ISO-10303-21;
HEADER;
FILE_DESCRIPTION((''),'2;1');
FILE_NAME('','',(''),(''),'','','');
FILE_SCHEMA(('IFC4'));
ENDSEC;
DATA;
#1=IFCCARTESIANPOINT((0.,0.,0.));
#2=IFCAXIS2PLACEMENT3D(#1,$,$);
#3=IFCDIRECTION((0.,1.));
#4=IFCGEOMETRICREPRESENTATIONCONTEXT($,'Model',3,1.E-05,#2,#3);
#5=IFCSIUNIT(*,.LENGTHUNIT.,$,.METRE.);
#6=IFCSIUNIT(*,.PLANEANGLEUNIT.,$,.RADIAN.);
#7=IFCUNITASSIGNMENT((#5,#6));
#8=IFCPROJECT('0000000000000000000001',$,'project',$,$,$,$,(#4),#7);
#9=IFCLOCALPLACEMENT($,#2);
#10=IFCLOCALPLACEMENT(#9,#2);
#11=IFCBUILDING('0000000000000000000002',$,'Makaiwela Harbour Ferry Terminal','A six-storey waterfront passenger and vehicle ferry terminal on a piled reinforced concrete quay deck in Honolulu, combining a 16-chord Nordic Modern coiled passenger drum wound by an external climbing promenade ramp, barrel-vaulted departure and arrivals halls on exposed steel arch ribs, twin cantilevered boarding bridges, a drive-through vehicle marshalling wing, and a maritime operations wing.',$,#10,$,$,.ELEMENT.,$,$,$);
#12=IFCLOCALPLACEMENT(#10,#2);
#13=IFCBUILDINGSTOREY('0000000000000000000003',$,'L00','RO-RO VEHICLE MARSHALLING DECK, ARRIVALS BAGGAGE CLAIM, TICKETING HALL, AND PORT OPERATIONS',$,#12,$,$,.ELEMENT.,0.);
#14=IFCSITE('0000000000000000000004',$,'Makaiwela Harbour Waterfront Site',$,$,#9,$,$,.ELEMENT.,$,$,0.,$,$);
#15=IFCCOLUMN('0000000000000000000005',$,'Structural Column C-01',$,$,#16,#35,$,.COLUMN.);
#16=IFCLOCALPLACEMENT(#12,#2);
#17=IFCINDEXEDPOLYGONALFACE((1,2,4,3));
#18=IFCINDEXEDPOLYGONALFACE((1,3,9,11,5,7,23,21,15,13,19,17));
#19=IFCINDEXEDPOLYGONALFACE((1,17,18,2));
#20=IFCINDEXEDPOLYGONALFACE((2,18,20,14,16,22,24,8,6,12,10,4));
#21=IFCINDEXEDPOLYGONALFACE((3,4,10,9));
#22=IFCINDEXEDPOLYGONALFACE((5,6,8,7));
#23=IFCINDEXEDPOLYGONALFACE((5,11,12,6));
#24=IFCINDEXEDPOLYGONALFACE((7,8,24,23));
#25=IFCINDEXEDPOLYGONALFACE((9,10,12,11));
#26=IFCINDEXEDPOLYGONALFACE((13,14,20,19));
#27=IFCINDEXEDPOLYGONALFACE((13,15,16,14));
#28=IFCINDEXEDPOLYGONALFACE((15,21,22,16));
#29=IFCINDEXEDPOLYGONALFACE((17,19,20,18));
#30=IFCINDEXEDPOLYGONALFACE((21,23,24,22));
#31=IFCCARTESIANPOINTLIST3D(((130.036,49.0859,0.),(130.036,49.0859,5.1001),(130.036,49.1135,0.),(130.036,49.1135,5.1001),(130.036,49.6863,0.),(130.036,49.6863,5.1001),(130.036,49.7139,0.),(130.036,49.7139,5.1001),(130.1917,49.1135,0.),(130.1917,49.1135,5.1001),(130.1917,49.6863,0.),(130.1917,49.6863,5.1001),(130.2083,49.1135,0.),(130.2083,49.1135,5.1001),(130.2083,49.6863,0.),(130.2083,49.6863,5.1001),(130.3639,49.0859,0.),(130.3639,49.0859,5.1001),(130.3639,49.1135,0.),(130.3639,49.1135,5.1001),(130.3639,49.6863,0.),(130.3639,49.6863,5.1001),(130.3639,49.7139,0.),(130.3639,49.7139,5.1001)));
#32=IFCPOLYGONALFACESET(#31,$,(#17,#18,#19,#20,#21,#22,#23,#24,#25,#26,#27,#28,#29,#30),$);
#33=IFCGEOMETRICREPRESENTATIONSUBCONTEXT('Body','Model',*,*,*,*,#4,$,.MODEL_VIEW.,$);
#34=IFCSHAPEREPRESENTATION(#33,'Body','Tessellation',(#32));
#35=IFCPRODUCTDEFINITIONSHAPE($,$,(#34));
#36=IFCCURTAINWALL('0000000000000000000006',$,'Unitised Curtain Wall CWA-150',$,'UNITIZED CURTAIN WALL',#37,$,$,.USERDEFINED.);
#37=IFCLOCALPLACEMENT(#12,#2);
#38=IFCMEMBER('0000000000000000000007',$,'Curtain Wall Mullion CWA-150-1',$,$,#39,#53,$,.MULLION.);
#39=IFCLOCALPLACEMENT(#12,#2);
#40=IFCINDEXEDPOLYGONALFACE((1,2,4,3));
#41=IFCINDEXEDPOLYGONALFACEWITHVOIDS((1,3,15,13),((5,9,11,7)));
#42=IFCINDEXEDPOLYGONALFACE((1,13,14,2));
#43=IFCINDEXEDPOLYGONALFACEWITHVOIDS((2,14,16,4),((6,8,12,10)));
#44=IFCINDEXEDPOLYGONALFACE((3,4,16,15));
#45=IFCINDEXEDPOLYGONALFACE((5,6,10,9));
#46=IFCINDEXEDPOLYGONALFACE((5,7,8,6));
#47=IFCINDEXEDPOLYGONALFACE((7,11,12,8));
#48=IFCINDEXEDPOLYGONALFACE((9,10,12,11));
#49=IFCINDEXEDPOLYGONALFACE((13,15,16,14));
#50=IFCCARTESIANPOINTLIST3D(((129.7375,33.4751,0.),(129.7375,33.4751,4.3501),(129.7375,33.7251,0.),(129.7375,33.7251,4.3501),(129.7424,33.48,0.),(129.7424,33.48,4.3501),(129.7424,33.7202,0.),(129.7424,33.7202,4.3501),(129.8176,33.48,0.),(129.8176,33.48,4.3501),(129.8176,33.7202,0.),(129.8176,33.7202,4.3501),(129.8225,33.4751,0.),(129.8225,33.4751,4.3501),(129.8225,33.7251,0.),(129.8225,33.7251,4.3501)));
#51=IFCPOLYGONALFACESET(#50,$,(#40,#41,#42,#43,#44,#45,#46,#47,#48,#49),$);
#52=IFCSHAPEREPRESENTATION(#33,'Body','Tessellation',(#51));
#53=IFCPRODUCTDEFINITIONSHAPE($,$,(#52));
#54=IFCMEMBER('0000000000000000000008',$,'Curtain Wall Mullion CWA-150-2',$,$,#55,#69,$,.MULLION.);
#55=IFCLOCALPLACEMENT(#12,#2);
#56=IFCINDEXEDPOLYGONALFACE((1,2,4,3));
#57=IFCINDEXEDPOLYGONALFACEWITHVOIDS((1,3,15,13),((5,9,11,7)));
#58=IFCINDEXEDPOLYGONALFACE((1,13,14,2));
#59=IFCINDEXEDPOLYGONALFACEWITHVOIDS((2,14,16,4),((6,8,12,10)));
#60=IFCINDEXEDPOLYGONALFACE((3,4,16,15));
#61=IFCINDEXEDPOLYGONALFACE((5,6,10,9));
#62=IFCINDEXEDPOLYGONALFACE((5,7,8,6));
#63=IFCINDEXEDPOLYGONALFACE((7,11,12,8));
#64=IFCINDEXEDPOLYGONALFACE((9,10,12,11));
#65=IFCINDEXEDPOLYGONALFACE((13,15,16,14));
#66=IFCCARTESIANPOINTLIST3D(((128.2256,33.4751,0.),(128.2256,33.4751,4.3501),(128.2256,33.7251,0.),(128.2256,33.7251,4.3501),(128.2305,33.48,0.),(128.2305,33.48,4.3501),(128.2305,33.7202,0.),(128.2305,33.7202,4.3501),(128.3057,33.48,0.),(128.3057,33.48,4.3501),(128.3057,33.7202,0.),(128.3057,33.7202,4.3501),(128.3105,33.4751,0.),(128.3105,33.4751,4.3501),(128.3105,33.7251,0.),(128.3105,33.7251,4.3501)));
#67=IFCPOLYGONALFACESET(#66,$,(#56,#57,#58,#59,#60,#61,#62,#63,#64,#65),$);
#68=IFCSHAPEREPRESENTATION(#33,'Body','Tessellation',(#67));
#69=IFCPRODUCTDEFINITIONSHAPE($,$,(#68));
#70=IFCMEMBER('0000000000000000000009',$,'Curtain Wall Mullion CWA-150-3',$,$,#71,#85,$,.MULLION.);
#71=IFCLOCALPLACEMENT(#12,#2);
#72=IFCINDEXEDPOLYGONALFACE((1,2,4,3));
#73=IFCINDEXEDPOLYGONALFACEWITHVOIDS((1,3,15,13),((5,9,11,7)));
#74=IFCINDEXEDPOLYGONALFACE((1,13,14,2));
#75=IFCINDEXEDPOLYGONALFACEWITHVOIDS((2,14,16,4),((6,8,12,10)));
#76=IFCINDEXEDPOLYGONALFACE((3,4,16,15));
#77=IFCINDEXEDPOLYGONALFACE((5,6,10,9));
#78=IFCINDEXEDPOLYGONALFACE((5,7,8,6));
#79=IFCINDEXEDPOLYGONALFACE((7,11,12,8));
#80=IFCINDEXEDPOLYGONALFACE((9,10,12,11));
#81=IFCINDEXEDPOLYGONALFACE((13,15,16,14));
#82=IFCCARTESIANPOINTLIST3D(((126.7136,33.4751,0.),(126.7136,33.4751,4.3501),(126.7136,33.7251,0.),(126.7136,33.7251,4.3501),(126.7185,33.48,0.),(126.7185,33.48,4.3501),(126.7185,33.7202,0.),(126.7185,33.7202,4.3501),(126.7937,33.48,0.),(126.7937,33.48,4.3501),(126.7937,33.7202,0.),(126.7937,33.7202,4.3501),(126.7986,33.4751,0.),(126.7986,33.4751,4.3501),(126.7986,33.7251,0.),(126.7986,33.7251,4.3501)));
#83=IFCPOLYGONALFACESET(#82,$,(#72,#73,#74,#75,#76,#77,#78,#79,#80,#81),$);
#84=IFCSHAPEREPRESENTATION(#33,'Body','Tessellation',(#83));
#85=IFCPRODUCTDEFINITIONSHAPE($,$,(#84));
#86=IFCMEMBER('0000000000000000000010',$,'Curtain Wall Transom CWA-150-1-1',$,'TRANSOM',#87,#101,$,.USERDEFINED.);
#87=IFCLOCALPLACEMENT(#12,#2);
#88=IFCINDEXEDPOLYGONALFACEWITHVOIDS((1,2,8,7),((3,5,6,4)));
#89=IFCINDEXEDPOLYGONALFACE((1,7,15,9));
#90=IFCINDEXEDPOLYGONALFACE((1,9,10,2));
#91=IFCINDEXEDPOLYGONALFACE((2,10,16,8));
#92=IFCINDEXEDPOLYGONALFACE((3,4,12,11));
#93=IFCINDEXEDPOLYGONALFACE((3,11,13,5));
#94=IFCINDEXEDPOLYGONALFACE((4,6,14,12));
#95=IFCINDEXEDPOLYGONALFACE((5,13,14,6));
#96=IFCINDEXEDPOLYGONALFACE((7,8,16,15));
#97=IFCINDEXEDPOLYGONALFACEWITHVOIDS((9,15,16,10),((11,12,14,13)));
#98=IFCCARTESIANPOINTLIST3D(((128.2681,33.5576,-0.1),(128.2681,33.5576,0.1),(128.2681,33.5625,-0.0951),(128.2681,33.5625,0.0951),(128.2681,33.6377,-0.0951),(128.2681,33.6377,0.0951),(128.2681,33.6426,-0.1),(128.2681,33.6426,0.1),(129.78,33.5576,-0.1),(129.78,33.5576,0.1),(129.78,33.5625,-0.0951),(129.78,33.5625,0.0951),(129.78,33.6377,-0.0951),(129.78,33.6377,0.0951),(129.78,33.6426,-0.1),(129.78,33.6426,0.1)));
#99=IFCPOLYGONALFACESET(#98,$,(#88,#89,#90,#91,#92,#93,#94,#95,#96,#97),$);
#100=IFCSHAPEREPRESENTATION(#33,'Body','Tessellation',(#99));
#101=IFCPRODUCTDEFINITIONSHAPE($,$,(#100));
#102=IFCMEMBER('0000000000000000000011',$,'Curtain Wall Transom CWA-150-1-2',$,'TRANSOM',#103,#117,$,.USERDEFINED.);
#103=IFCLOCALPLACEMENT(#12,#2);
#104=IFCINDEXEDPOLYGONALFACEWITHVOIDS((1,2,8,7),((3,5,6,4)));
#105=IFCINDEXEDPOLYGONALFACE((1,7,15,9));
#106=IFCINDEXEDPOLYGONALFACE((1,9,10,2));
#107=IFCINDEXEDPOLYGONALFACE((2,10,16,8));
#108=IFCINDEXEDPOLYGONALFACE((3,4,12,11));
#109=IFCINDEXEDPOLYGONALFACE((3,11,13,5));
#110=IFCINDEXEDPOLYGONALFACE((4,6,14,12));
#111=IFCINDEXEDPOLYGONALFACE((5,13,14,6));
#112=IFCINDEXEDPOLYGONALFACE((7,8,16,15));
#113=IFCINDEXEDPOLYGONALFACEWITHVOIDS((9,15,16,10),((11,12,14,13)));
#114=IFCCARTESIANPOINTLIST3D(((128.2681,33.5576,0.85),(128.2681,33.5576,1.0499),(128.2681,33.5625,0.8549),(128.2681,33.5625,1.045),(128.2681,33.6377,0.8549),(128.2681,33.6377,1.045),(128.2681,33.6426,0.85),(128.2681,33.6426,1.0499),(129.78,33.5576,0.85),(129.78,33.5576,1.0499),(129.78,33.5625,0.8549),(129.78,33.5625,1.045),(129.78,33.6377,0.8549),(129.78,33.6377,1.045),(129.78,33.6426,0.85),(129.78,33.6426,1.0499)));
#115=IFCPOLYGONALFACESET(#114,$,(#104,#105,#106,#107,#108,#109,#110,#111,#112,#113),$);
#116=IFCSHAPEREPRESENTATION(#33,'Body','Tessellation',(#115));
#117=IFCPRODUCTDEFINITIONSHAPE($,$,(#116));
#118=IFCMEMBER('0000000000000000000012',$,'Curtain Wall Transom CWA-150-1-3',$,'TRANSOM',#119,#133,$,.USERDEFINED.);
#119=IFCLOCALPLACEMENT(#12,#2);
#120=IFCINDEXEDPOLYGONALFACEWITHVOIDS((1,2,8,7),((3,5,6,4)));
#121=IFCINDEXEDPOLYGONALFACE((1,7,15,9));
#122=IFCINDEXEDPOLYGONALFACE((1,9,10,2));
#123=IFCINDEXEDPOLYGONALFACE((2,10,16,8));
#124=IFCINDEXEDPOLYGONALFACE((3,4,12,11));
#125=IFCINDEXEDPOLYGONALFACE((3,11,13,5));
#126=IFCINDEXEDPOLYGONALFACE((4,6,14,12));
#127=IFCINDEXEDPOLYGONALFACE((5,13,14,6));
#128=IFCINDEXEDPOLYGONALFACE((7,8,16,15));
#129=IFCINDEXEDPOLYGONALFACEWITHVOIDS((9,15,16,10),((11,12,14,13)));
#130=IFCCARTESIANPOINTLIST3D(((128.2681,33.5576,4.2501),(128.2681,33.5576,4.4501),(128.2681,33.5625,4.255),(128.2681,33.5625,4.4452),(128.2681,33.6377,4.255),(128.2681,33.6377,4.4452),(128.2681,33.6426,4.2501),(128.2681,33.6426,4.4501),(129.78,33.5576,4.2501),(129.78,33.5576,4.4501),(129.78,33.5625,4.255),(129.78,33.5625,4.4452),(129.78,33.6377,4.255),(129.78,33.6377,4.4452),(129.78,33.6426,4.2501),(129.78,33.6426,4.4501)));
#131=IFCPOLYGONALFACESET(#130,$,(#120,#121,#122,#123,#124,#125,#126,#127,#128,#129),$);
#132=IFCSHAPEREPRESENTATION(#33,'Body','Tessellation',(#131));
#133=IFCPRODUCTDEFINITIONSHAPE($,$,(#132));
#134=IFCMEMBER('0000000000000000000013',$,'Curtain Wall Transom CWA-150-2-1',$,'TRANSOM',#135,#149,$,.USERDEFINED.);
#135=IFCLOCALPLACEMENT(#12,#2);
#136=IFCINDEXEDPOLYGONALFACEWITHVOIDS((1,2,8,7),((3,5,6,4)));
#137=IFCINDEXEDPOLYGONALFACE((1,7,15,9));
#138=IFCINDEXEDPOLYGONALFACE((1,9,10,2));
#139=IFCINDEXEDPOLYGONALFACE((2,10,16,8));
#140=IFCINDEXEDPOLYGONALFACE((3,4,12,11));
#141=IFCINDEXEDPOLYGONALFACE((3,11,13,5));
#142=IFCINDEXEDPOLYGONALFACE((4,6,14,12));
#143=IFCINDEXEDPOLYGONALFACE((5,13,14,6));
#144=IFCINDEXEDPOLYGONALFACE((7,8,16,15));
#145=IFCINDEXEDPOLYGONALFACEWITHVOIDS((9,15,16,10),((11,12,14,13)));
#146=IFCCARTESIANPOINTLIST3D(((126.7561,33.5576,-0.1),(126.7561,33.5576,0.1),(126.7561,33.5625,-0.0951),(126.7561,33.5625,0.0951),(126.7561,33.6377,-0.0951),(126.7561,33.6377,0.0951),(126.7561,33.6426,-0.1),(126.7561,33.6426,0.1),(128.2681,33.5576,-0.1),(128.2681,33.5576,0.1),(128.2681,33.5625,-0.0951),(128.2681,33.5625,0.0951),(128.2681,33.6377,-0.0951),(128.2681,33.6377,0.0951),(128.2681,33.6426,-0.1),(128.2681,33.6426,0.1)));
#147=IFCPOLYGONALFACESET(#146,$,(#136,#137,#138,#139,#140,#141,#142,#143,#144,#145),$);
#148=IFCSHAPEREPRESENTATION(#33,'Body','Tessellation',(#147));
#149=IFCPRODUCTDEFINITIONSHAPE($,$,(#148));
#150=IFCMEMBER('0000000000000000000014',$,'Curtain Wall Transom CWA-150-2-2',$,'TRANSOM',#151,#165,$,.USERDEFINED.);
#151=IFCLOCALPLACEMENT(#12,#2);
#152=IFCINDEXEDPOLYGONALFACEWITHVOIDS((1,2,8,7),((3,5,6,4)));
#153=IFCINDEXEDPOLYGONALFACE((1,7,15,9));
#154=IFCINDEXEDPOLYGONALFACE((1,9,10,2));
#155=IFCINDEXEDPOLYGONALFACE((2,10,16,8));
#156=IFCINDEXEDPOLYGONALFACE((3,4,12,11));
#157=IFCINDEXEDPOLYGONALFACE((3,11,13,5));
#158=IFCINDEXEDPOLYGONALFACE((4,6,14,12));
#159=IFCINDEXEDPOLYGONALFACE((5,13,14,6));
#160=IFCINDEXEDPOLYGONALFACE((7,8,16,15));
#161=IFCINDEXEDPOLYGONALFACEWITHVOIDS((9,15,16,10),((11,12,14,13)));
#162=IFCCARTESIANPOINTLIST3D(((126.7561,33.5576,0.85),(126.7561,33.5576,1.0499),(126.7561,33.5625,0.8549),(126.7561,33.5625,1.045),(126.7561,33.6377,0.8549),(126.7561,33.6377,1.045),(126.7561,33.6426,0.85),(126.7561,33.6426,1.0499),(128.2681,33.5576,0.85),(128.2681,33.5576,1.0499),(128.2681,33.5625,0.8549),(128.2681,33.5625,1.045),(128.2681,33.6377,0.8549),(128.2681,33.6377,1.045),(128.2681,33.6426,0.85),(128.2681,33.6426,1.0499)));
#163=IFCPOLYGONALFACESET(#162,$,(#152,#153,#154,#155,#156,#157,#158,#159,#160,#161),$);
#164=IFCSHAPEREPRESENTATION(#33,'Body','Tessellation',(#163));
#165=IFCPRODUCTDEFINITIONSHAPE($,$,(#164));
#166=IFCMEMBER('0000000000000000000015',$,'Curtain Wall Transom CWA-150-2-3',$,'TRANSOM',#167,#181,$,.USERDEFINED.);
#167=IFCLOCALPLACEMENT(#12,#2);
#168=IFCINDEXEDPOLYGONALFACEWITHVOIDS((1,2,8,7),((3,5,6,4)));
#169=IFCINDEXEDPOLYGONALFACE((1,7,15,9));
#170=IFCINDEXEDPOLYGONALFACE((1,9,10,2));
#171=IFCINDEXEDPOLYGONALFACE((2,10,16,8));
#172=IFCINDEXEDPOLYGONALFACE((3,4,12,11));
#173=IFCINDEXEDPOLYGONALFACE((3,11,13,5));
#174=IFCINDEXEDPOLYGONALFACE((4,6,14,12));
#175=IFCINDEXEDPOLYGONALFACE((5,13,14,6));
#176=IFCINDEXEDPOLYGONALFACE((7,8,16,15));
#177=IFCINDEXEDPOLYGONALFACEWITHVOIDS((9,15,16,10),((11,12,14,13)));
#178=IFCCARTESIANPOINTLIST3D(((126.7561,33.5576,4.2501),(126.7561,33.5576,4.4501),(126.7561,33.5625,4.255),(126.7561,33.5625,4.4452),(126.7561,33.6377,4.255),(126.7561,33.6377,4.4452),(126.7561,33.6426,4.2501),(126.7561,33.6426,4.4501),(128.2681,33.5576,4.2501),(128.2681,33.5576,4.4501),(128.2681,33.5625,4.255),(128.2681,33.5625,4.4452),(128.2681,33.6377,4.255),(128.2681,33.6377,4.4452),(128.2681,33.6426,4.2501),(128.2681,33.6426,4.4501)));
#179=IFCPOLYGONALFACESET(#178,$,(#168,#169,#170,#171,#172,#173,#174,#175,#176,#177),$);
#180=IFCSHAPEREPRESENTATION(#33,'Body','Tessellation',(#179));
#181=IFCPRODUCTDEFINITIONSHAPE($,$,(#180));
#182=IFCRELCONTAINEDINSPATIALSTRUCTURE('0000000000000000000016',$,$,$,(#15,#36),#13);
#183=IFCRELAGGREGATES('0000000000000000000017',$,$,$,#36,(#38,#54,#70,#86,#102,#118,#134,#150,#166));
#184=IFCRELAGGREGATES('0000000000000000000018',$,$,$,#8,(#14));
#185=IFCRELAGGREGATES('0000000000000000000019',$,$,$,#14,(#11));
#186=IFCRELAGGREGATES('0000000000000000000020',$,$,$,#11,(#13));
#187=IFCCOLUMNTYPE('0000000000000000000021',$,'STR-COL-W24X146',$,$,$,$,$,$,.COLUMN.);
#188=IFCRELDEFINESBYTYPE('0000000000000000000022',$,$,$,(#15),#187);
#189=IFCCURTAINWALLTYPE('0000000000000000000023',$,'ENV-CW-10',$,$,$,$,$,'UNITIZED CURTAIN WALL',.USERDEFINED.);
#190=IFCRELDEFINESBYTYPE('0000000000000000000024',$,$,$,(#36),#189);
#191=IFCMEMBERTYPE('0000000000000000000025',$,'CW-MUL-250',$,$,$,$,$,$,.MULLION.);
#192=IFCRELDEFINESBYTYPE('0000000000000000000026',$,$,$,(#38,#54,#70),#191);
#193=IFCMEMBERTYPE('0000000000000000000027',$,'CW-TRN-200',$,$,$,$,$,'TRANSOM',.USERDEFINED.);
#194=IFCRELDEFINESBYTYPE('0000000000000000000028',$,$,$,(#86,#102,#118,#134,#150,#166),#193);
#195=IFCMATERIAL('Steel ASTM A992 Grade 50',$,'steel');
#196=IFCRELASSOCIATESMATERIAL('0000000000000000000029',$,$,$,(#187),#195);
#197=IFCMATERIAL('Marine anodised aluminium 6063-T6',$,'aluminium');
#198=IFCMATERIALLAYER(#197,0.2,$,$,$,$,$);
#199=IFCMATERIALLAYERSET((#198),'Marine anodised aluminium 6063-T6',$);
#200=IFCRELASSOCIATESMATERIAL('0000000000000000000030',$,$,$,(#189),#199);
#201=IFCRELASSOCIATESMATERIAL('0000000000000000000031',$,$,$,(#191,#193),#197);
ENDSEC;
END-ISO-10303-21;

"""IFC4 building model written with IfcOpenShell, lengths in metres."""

from ifc_helpers import new_model, si_unit, direction, frame, origin, origin_2d, place, context, subcontext, project, spatial, hollow_rectangle, i_section, extrude, material, layer, layer_set, material_profile, profile_set, type_object, element, aggregate, save


model = new_model("IFC4")

# Units and contexts
model_context = context("Model", 3, precision=1e-05, world=origin(), true_north=direction((0.0, 1.0)))
body_context = subcontext(model_context, "Body", "Model", "MODEL_VIEW")
ifc_project = project(units=[si_unit("LENGTHUNIT", "METRE"), si_unit("PLANEANGLEUNIT", "RADIAN")], contexts=[model_context])

# Site, building, storey
site_placement = place(None, origin())
site = spatial("IfcSite", under=ifc_project, at=site_placement, Name="Makaiwela Harbour Waterfront Site", CompositionType="ELEMENT", RefElevation=0.0)
building_placement = place(site_placement, origin())
building = spatial("IfcBuilding", under=site, at=building_placement, Name="Makaiwela Harbour Ferry Terminal", Description="A six-storey waterfront passenger and vehicle ferry terminal on a piled reinforced concrete quay deck in Honolulu, combining a 16-chord Nordic Modern coiled passenger drum wound by an external climbing promenade ramp, barrel-vaulted departure and arrivals halls on exposed steel arch ribs, twin cantilevered boarding bridges, a drive-through vehicle marshalling wing, and a maritime operations wing.", CompositionType="ELEMENT")
storey_placement = place(building_placement, origin())
storey = spatial("IfcBuildingStorey", under=building, at=storey_placement, Name="L00", Description="RO-RO VEHICLE MARSHALLING DECK, ARRIVALS BAGGAGE CLAIM, TICKETING HALL, AND PORT OPERATIONS", CompositionType="ELEMENT", Elevation=0.0)

# Column
ifc_material_1 = material(Name="Steel ASTM A992 Grade 50", Category="steel")
ifc_material_profile_1 = material_profile(ifc_material_1, i_section(OverallWidth=0.3279, OverallDepth=0.6279, WebThickness=0.0166, FlangeThickness=0.0276, at=origin_2d()), Name="W24X146")
ifc_profile_set_1 = profile_set([ifc_material_profile_1], Name="Steel ASTM A992 Grade 50")
column_type_1 = type_object("IfcColumnType", Name="STR-COL-W24X146", PredefinedType="COLUMN", material=ifc_profile_set_1)
column_1_placement = place(storey_placement, frame((130.2, 49.3999, 0.0), z_axis=(0.0, 0.0, 1.0), x_axis=(1.0, 0.0, 0.0)))
element("IfcColumn", 1, at=column_1_placement, inside=storey, type_object=column_type_1, Name="Structural Column C-01", PredefinedType="COLUMN", context=body_context, shape_type="SweptSolid", body=[
    extrude(i_section(OverallWidth=0.3279, OverallDepth=0.6279, WebThickness=0.0166, FlangeThickness=0.0276, at=origin_2d()), origin(), (0.0, 0.0, 1.0), 5.1001),
])

# Curtain wall, members
ifc_material_2 = material(Name="Marine anodised aluminium 6063-T6", Category="aluminium")
ifc_layer_1 = layer(ifc_material_2, 0.2)
ifc_layer_set_1 = layer_set([ifc_layer_1], Name="Marine anodised aluminium 6063-T6")
curtain_wall_type = type_object("IfcCurtainWallType", Name="ENV-CW-10", ElementType="UNITIZED CURTAIN WALL", PredefinedType="USERDEFINED", material=ifc_layer_set_1)
curtain_wall_placement = place(storey_placement, origin())
curtain_wall = element("IfcCurtainWall", 2, at=curtain_wall_placement, inside=storey, type_object=curtain_wall_type, Name="Unitised Curtain Wall CWA-150", ObjectType="UNITIZED CURTAIN WALL", PredefinedType="USERDEFINED")
ifc_material_profile_2 = material_profile(ifc_material_2, hollow_rectangle(XDim=0.085, YDim=0.25, WallThickness=0.0049, at=origin_2d()), Name="CWM-250X85")
ifc_profile_set_2 = profile_set([ifc_material_profile_2], Name="Marine anodised aluminium 6063-T6")
member_type_1 = type_object("IfcMemberType", Name="CW-MUL-250", PredefinedType="MULLION", material=ifc_profile_set_2)
member_1_placement = place(storey_placement, frame((129.78, 33.6001, 0.0), z_axis=(0.0, 0.0, 1.0), x_axis=(1.0, 0.0, 0.0)))
member_1 = element("IfcMember", 3, at=member_1_placement, type_object=member_type_1, Name="Curtain Wall Mullion CWA-150-1", PredefinedType="MULLION", context=body_context, shape_type="SweptSolid", body=[
    extrude(hollow_rectangle(XDim=0.085, YDim=0.25, WallThickness=0.0049, at=origin_2d()), origin(), (0.0, 0.0, 1.0), 4.3501),
])
member_2_placement = place(storey_placement, frame((128.2681, 33.6001, 0.0), z_axis=(0.0, 0.0, 1.0), x_axis=(1.0, 0.0, 0.0)))
member_2 = element("IfcMember", 4, at=member_2_placement, type_object=member_type_1, Name="Curtain Wall Mullion CWA-150-2", PredefinedType="MULLION", context=body_context, shape_type="SweptSolid", body=[
    extrude(hollow_rectangle(XDim=0.085, YDim=0.25, WallThickness=0.0049, at=origin_2d()), origin(), (0.0, 0.0, 1.0), 4.3501),
])
member_3_placement = place(storey_placement, frame((126.7561, 33.6001, 0.0), z_axis=(0.0, 0.0, 1.0), x_axis=(1.0, 0.0, 0.0)))
member_3 = element("IfcMember", 5, at=member_3_placement, type_object=member_type_1, Name="Curtain Wall Mullion CWA-150-3", PredefinedType="MULLION", context=body_context, shape_type="SweptSolid", body=[
    extrude(hollow_rectangle(XDim=0.085, YDim=0.25, WallThickness=0.0049, at=origin_2d()), origin(), (0.0, 0.0, 1.0), 4.3501),
])
ifc_material_profile_3 = material_profile(ifc_material_2, hollow_rectangle(XDim=0.085, YDim=0.2, WallThickness=0.0049, at=origin_2d()), Name="CWT-200X85")
ifc_profile_set_3 = profile_set([ifc_material_profile_3], Name="Marine anodised aluminium 6063-T6")
member_type_2 = type_object("IfcMemberType", Name="CW-TRN-200", ElementType="TRANSOM", PredefinedType="USERDEFINED", material=ifc_profile_set_3)
member_4_placement = place(storey_placement, frame((129.78, 33.6001, 0.0), z_axis=(-1.0, 0.0, 0.0), x_axis=(0.0, -1.0, 0.0)))
member_4 = element("IfcMember", 6, at=member_4_placement, type_object=member_type_2, Name="Curtain Wall Transom CWA-150-1-1", ObjectType="TRANSOM", PredefinedType="USERDEFINED", context=body_context, shape_type="SweptSolid", body=[
    extrude(hollow_rectangle(XDim=0.085, YDim=0.2, WallThickness=0.0049, at=origin_2d()), origin(), (0.0, 0.0, 1.0), 1.512),
])
member_5_placement = place(storey_placement, frame((129.78, 33.6001, 0.95), z_axis=(-1.0, 0.0, 0.0), x_axis=(0.0, -1.0, 0.0)))
member_5 = element("IfcMember", 7, at=member_5_placement, type_object=member_type_2, Name="Curtain Wall Transom CWA-150-1-2", ObjectType="TRANSOM", PredefinedType="USERDEFINED", context=body_context, shape_type="SweptSolid", body=[
    extrude(hollow_rectangle(XDim=0.085, YDim=0.2, WallThickness=0.0049, at=origin_2d()), origin(), (0.0, 0.0, 1.0), 1.512),
])
member_6_placement = place(storey_placement, frame((129.78, 33.6001, 4.3501), z_axis=(-1.0, 0.0, 0.0), x_axis=(0.0, -1.0, 0.0)))
member_6 = element("IfcMember", 8, at=member_6_placement, type_object=member_type_2, Name="Curtain Wall Transom CWA-150-1-3", ObjectType="TRANSOM", PredefinedType="USERDEFINED", context=body_context, shape_type="SweptSolid", body=[
    extrude(hollow_rectangle(XDim=0.085, YDim=0.2, WallThickness=0.0049, at=origin_2d()), origin(), (0.0, 0.0, 1.0), 1.512),
])
member_7_placement = place(storey_placement, frame((128.2681, 33.6001, 0.0), z_axis=(-1.0, 0.0, 0.0), x_axis=(0.0, -1.0, 0.0)))
member_7 = element("IfcMember", 9, at=member_7_placement, type_object=member_type_2, Name="Curtain Wall Transom CWA-150-2-1", ObjectType="TRANSOM", PredefinedType="USERDEFINED", context=body_context, shape_type="SweptSolid", body=[
    extrude(hollow_rectangle(XDim=0.085, YDim=0.2, WallThickness=0.0049, at=origin_2d()), origin(), (0.0, 0.0, 1.0), 1.512),
])
member_8_placement = place(storey_placement, frame((128.2681, 33.6001, 0.95), z_axis=(-1.0, 0.0, 0.0), x_axis=(0.0, -1.0, 0.0)))
member_8 = element("IfcMember", 10, at=member_8_placement, type_object=member_type_2, Name="Curtain Wall Transom CWA-150-2-2", ObjectType="TRANSOM", PredefinedType="USERDEFINED", context=body_context, shape_type="SweptSolid", body=[
    extrude(hollow_rectangle(XDim=0.085, YDim=0.2, WallThickness=0.0049, at=origin_2d()), origin(), (0.0, 0.0, 1.0), 1.512),
])
member_9_placement = place(storey_placement, frame((128.2681, 33.6001, 4.3501), z_axis=(-1.0, 0.0, 0.0), x_axis=(0.0, -1.0, 0.0)))
member_9 = element("IfcMember", 11, at=member_9_placement, type_object=member_type_2, Name="Curtain Wall Transom CWA-150-2-3", ObjectType="TRANSOM", PredefinedType="USERDEFINED", context=body_context, shape_type="SweptSolid", body=[
    extrude(hollow_rectangle(XDim=0.085, YDim=0.2, WallThickness=0.0049, at=origin_2d()), origin(), (0.0, 0.0, 1.0), 1.512),
])
aggregate(curtain_wall, [member_1, member_2, member_3, member_4, member_5, member_6, member_7, member_8, member_9])

save(model, "model.ifc")
